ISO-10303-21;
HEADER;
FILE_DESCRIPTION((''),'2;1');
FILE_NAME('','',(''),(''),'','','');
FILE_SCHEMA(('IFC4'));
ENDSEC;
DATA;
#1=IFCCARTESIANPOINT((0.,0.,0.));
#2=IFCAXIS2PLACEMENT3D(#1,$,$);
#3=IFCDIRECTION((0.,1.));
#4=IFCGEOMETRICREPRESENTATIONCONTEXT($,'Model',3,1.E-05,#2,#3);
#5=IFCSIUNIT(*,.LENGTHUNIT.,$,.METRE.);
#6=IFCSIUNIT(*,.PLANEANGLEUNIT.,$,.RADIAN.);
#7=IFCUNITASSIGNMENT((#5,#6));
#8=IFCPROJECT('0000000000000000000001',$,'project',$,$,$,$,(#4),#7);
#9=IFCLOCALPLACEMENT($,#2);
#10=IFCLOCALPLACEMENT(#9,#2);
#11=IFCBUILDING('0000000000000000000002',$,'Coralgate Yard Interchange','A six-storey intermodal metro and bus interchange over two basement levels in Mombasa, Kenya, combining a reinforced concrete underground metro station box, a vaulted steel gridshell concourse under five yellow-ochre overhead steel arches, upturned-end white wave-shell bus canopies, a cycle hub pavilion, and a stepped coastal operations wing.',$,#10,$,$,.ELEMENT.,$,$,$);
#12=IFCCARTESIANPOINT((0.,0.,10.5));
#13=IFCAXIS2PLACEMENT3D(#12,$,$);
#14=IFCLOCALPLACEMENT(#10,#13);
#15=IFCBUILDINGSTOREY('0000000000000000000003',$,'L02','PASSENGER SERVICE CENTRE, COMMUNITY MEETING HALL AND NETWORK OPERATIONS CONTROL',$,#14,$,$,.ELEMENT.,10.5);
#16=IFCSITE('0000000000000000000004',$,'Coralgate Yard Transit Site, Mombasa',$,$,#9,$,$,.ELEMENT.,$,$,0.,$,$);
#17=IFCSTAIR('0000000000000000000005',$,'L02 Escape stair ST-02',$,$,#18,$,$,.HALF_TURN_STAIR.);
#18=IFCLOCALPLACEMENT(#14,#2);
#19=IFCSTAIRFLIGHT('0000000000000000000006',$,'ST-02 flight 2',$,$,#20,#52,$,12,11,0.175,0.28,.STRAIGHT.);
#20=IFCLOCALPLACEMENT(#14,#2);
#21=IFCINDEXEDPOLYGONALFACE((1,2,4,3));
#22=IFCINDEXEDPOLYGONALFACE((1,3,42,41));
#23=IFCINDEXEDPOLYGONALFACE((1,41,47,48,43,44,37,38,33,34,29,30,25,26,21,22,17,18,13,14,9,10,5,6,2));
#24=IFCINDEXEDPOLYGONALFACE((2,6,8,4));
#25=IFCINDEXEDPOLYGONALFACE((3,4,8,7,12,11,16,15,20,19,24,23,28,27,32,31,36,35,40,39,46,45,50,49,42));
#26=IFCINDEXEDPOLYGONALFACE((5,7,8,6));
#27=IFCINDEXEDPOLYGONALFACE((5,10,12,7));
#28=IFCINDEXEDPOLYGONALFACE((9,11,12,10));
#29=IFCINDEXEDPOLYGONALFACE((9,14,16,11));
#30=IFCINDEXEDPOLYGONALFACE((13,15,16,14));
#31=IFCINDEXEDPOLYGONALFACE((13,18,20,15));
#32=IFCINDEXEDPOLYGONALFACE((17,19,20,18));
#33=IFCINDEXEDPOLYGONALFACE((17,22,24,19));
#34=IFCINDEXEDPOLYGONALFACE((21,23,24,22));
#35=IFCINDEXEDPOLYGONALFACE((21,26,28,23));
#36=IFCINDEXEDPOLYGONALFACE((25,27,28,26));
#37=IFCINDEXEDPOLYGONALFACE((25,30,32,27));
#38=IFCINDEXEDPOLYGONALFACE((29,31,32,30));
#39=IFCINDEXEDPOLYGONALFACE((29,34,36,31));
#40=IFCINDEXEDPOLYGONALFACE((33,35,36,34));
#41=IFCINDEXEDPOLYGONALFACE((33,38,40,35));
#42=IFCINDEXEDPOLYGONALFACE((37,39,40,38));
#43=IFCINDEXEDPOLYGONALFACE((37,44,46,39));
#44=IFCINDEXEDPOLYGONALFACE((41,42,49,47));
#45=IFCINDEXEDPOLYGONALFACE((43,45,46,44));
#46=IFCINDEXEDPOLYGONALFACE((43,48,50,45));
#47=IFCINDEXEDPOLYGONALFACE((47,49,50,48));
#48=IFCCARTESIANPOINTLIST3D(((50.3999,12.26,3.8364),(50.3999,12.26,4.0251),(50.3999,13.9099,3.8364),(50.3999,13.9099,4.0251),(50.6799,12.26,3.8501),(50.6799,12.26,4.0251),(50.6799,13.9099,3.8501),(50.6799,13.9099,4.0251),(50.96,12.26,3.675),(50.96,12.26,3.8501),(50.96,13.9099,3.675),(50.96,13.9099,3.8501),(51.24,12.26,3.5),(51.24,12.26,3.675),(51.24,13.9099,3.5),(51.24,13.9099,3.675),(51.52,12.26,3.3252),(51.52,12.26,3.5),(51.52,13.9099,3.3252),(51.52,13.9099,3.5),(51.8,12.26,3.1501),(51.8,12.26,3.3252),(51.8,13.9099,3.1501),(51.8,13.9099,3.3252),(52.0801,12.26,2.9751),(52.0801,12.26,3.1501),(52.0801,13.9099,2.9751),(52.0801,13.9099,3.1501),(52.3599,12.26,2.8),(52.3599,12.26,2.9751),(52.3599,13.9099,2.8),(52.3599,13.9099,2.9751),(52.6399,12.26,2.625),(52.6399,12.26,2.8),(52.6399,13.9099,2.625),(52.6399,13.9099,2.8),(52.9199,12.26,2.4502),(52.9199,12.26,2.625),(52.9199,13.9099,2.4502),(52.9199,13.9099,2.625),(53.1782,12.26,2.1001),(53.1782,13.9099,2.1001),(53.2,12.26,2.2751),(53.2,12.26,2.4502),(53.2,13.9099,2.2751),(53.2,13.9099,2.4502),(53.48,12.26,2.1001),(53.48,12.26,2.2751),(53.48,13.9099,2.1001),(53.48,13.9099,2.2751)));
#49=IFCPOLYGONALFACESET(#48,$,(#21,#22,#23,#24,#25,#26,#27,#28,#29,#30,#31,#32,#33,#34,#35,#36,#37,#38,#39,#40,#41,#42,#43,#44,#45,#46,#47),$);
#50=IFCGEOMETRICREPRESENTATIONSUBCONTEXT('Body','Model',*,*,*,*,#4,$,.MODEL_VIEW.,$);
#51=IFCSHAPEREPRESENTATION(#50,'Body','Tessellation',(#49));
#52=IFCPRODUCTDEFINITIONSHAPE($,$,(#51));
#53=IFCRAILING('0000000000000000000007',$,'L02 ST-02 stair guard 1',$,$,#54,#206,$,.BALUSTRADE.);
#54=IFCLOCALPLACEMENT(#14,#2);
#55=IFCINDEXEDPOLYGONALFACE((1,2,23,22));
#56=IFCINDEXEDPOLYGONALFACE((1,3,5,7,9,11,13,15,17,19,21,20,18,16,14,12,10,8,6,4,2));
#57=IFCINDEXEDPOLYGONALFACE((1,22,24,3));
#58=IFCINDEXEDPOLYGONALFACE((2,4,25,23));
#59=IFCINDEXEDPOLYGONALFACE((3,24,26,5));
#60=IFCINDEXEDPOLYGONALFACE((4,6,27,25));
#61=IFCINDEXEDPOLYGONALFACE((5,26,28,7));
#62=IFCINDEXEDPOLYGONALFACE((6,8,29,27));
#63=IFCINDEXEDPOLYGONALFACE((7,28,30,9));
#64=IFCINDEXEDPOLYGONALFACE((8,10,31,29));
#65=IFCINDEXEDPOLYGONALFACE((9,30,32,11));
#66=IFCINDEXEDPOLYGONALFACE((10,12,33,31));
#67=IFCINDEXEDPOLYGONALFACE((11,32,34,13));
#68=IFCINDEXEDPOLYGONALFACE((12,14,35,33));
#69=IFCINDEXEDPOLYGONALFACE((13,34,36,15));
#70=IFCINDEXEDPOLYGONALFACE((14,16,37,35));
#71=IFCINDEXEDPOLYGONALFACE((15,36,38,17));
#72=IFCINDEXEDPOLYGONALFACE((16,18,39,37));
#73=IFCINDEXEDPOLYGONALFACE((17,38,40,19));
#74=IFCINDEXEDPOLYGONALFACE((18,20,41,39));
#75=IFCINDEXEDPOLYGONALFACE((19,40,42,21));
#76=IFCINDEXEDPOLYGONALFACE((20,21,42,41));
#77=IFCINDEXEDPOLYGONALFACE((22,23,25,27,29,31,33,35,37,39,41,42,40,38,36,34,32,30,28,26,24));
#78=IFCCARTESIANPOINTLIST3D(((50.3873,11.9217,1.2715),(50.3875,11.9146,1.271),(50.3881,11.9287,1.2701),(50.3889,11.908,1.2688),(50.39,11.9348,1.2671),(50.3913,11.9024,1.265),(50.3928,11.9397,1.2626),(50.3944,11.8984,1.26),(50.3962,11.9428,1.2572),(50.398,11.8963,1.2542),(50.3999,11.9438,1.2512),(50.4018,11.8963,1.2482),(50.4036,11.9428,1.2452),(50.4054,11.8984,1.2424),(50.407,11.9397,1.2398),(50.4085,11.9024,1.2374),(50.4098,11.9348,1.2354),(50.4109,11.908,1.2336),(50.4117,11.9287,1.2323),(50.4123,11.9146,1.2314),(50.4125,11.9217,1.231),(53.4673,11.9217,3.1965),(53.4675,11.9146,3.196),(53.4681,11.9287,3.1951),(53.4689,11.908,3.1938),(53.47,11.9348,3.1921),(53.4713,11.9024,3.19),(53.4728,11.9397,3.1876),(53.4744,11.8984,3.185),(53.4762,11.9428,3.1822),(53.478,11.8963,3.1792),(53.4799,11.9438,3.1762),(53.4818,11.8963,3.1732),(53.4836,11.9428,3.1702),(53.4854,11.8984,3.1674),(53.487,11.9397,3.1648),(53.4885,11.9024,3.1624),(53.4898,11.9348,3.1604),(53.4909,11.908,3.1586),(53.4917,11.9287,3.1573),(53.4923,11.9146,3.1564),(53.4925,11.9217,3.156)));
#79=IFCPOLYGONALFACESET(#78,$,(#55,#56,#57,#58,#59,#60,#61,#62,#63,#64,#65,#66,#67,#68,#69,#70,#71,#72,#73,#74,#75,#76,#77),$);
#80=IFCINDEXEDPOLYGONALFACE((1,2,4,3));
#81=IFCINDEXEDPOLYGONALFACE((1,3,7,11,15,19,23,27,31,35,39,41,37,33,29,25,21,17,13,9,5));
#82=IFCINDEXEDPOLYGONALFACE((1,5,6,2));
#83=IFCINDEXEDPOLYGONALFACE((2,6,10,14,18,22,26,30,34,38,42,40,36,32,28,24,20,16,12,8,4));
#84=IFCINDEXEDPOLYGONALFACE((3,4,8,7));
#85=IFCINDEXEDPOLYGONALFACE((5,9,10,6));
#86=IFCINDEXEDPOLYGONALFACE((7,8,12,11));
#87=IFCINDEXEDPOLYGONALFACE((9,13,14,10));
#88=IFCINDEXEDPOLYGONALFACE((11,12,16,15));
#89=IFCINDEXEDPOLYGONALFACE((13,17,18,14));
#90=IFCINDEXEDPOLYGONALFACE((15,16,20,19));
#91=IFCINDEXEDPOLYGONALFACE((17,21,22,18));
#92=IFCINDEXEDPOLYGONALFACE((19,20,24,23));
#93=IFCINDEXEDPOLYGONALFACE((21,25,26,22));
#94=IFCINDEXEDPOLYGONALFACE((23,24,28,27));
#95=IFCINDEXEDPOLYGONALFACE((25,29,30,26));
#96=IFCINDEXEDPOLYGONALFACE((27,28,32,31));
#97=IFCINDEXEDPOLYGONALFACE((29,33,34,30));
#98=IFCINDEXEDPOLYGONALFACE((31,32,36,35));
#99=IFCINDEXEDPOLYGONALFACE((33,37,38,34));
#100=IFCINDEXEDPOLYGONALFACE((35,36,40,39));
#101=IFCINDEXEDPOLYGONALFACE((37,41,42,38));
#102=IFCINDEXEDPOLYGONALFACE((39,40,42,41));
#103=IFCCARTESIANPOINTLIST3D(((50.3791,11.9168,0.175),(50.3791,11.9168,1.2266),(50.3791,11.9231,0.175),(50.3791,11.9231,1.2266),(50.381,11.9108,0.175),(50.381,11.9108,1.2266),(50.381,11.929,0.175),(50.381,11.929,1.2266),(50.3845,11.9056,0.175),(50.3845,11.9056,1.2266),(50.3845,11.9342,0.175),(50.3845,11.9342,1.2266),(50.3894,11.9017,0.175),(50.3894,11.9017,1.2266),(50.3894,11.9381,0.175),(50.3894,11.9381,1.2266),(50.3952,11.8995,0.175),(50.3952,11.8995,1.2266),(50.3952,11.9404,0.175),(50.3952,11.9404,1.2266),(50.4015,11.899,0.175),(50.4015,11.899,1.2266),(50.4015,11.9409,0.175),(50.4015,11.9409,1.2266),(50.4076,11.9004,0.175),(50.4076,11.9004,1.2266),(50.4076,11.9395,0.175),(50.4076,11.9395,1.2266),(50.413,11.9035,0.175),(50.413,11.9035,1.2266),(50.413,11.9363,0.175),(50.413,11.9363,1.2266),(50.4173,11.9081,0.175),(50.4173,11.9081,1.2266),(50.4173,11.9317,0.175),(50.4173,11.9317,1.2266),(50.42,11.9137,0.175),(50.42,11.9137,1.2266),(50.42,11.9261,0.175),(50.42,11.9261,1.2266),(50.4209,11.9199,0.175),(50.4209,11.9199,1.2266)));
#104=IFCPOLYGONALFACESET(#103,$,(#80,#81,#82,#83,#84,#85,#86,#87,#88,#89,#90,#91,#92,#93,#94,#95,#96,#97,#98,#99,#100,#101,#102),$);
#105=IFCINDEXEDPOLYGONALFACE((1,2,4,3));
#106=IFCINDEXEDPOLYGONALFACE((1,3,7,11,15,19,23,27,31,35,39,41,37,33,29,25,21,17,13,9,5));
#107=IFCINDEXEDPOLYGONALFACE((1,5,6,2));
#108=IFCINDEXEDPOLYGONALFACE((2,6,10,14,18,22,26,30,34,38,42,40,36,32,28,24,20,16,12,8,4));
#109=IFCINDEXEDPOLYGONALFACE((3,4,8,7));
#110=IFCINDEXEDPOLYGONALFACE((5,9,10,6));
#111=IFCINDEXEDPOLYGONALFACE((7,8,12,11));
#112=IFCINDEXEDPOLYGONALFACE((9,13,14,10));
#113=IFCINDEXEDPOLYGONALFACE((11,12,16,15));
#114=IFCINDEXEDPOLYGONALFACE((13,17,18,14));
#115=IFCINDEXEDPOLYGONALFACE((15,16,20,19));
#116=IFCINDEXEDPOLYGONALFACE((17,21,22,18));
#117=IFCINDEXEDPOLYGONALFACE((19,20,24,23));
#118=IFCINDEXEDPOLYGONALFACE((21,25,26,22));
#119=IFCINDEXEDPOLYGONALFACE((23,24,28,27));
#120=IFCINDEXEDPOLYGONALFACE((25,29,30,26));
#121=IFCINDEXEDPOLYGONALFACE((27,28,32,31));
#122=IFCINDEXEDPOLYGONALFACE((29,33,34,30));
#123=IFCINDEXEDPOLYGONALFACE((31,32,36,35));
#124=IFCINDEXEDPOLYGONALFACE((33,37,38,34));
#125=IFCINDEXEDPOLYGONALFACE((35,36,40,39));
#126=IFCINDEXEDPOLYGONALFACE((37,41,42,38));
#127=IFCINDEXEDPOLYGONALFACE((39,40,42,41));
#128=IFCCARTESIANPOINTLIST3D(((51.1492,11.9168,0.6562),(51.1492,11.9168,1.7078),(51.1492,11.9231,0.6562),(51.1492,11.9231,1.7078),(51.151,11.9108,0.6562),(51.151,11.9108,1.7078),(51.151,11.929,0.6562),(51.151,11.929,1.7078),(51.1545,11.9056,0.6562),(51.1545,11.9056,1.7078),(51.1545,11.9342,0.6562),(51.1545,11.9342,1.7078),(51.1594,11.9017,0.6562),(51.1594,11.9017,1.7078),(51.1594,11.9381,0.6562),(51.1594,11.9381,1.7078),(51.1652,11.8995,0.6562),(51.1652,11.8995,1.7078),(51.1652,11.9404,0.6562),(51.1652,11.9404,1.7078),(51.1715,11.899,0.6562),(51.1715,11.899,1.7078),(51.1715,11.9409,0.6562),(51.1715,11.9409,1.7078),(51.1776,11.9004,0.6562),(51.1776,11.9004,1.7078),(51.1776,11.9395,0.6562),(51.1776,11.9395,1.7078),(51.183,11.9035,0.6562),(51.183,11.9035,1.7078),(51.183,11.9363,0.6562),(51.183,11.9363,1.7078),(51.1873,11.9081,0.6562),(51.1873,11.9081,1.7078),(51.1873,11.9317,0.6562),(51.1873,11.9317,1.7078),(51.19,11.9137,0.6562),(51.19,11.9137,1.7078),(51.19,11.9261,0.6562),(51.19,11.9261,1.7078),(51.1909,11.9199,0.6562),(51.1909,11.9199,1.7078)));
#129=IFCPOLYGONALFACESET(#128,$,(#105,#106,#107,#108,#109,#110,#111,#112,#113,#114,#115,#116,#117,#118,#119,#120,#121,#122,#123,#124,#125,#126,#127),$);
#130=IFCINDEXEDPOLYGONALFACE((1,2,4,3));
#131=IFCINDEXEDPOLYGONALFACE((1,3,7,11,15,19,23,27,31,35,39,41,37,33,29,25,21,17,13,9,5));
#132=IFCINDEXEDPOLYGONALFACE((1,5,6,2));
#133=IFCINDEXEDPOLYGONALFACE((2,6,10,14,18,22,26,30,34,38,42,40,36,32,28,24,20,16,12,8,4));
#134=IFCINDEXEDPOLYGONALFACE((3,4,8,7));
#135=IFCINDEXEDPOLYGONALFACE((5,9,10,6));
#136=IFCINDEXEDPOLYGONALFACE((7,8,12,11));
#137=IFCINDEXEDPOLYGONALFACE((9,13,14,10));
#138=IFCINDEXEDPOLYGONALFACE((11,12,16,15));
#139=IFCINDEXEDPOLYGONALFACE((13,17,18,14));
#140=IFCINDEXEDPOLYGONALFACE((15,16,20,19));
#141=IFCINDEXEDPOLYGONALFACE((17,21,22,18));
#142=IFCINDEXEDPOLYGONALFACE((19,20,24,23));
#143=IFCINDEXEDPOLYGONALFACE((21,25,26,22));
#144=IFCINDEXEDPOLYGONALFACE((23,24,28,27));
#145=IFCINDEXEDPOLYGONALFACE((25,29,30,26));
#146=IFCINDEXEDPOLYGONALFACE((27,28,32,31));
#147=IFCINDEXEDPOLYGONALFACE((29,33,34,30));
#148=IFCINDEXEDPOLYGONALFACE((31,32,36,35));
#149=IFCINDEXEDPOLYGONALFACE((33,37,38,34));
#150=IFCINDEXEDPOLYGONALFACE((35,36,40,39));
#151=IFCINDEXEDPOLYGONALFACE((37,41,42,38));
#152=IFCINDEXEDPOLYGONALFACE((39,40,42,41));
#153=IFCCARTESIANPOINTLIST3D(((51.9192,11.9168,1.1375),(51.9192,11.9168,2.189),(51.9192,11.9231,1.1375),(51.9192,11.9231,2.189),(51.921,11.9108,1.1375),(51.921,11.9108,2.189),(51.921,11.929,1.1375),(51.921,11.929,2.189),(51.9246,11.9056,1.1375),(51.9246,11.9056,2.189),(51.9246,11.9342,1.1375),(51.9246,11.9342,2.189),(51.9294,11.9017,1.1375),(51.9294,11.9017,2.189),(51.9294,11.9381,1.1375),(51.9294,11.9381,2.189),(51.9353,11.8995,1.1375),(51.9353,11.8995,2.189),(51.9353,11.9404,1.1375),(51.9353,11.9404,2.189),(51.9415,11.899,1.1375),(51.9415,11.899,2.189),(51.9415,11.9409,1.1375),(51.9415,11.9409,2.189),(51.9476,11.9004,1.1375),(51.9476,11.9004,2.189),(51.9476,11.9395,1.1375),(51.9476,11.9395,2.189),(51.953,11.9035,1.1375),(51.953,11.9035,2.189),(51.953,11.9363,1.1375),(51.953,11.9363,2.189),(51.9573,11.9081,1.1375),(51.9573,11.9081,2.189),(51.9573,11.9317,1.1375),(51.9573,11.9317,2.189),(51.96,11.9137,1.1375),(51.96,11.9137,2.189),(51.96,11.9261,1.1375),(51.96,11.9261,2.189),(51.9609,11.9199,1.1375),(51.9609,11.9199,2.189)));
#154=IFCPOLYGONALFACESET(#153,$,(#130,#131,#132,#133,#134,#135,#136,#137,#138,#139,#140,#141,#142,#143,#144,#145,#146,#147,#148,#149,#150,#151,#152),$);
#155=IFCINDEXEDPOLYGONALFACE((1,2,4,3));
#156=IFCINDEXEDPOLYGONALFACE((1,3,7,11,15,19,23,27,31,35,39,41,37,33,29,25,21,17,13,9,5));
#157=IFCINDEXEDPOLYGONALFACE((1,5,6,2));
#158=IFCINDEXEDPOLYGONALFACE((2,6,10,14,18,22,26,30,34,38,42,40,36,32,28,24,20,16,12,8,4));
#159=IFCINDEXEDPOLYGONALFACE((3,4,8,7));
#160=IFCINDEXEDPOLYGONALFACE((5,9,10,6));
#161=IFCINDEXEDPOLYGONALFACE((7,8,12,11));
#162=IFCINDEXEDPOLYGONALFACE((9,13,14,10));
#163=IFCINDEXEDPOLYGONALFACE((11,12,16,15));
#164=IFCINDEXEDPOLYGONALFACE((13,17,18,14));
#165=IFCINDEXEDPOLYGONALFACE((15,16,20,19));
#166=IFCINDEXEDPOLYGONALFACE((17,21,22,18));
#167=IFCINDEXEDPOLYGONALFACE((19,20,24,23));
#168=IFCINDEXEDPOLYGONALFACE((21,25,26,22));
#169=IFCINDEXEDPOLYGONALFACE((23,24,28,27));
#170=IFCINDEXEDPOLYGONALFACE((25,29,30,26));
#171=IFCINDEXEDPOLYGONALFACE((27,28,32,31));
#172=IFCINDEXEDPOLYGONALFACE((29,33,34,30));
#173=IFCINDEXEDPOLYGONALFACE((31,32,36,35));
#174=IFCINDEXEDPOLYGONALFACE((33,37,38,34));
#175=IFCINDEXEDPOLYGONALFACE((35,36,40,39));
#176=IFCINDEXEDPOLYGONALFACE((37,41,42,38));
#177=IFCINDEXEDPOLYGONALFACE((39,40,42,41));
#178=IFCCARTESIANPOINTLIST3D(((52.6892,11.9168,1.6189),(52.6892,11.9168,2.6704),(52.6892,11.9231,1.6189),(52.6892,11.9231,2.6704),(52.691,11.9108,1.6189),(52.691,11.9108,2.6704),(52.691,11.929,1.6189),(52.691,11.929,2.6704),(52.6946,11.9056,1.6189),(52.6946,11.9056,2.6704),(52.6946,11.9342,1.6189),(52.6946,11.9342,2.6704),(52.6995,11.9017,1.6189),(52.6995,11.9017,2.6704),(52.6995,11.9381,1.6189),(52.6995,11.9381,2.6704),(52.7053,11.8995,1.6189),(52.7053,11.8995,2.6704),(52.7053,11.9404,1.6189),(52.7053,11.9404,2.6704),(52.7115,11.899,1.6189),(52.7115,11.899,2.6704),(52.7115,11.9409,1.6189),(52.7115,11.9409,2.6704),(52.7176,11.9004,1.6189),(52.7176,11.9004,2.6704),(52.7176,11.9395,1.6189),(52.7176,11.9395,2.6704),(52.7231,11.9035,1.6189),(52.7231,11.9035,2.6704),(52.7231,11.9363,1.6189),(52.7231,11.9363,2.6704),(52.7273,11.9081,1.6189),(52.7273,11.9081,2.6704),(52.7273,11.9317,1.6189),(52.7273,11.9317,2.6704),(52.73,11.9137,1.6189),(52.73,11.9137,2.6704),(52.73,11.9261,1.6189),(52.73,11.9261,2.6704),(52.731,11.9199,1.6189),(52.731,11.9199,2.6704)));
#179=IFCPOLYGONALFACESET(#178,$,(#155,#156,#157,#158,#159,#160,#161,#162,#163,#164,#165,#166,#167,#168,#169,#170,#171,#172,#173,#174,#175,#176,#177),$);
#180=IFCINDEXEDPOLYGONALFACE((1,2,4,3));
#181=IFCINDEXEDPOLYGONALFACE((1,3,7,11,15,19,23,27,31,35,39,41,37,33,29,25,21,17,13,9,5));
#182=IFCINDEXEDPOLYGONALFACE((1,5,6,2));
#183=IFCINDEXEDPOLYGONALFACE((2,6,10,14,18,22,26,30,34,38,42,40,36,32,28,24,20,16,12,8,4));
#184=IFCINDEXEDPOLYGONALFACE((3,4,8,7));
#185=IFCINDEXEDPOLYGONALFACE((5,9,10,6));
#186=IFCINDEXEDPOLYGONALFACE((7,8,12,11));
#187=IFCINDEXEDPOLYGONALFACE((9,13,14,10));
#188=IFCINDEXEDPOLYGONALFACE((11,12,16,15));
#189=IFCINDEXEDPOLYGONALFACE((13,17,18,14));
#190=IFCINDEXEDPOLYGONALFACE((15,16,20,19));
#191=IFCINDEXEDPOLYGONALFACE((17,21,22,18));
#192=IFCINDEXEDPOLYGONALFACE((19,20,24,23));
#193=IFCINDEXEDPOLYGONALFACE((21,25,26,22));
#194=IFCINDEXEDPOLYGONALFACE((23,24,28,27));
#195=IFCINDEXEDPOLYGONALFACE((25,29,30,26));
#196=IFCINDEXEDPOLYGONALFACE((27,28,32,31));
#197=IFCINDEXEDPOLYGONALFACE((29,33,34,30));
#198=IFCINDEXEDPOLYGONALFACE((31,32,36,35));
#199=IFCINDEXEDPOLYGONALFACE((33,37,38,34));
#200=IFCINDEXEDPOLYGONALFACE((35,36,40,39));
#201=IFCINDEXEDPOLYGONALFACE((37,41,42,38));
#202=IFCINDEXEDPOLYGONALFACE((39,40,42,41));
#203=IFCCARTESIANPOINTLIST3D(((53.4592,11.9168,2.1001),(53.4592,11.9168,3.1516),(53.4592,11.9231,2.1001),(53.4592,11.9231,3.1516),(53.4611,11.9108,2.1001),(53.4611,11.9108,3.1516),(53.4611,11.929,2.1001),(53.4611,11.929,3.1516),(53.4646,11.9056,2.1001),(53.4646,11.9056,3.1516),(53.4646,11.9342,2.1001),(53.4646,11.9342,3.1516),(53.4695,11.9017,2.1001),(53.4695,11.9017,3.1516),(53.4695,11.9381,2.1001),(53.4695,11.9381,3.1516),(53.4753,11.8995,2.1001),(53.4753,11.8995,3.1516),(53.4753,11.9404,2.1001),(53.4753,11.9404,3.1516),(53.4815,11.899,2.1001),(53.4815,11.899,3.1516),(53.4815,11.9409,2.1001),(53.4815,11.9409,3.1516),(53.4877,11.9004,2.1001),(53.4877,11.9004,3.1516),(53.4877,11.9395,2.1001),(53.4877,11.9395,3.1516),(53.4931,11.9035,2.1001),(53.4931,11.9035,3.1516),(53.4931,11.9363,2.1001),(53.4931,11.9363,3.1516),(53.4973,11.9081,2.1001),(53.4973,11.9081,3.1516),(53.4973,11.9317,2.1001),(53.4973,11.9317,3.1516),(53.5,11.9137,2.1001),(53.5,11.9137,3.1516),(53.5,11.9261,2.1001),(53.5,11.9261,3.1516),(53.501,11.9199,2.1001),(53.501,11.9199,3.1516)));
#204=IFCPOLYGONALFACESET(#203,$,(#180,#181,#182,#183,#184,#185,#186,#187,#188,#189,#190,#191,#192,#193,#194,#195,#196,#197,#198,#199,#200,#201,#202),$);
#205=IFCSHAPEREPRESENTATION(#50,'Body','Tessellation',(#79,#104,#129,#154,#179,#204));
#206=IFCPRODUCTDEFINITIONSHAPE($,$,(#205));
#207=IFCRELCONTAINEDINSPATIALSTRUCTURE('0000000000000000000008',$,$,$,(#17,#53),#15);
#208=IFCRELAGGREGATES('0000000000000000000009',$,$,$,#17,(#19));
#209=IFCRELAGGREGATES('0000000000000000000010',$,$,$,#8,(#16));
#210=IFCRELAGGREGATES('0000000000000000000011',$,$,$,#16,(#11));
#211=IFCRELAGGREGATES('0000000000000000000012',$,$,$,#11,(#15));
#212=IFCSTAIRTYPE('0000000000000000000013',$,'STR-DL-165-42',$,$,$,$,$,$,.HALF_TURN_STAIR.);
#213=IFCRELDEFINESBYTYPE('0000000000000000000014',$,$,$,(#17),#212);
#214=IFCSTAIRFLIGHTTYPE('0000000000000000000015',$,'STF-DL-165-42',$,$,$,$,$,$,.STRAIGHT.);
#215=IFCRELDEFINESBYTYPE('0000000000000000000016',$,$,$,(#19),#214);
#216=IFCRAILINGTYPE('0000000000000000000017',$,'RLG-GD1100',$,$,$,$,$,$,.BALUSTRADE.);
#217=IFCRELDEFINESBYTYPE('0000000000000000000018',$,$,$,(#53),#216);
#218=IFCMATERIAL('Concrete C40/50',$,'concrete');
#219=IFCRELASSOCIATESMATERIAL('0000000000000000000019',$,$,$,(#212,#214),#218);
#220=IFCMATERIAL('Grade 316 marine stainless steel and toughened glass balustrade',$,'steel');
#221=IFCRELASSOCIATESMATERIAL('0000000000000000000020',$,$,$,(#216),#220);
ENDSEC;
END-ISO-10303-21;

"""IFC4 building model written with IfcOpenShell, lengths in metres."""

from ifc_helpers import new_model, si_unit, direction, frame, origin, origin_2d, place, context, subcontext, project, spatial, polyline, circle, outline, extrude, material, type_object, element, aggregate, save


model = new_model("IFC4")

# Units and contexts
model_context = context("Model", 3, precision=1e-05, world=origin(), true_north=direction((0.0, 1.0)))
body_context = subcontext(model_context, "Body", "Model", "MODEL_VIEW")
ifc_project = project(units=[si_unit("LENGTHUNIT", "METRE"), si_unit("PLANEANGLEUNIT", "RADIAN")], contexts=[model_context])

# Site, building, storey
site_placement = place(None, origin())
site = spatial("IfcSite", under=ifc_project, at=site_placement, Name="Coralgate Yard Transit Site, Mombasa", CompositionType="ELEMENT", RefElevation=0.0)
building_placement = place(site_placement, origin())
building = spatial("IfcBuilding", under=site, at=building_placement, Name="Coralgate Yard Interchange", Description="A six-storey intermodal metro and bus interchange over two basement levels in Mombasa, Kenya, combining a reinforced concrete underground metro station box, a vaulted steel gridshell concourse under five yellow-ochre overhead steel arches, upturned-end white wave-shell bus canopies, a cycle hub pavilion, and a stepped coastal operations wing.", CompositionType="ELEMENT")
storey_placement = place(building_placement, frame((0.0, 0.0, 10.5)))
storey = spatial("IfcBuildingStorey", under=building, at=storey_placement, Name="L02", Description="PASSENGER SERVICE CENTRE, COMMUNITY MEETING HALL AND NETWORK OPERATIONS CONTROL", CompositionType="ELEMENT", Elevation=10.5)

# Shared definitions
ifc_material_1 = material(Name="Concrete C40/50", Category="concrete")

# Stair, stair flight
stair_type = type_object("IfcStairType", Name="STR-DL-165-42", PredefinedType="HALF_TURN_STAIR", material=ifc_material_1)
stair_placement = place(storey_placement, origin())
stair = element("IfcStair", 1, at=stair_placement, inside=storey, type_object=stair_type, Name="L02 Escape stair ST-02", PredefinedType="HALF_TURN_STAIR")
stair_flight_type = type_object("IfcStairFlightType", Name="STF-DL-165-42", PredefinedType="STRAIGHT", material=ifc_material_1)
stair_flight_1_placement = place(storey_placement, frame((53.48, 13.085, 2.1001), z_axis=(0.0, 0.0, 1.0), x_axis=(-1.0, 0.0, 0.0)))
stair_flight_1 = element("IfcStairFlight", 2, at=stair_flight_1_placement, type_object=stair_flight_type, Name="ST-02 flight 2", NumberOfRisers=12, NumberOfTreads=11, PredefinedType="STRAIGHT", RiserHeight=0.175, TreadLength=0.28, context=body_context, shape_type="SweptSolid", body=[
    extrude(outline(polyline([(0.0, 0.0), (0.0, 0.175), (0.28, 0.175), (0.28, 0.3501), (0.5601, 0.3501), (0.5601, 0.5249), (0.8401, 0.5249), (0.8401, 0.7), (1.1201, 0.7), (1.1201, 0.875), (1.3999, 0.875), (1.3999, 1.05), (1.6799, 1.05), (1.6799, 1.2251), (1.96, 1.2251), (1.96, 1.3999), (2.24, 1.3999), (2.24, 1.575), (2.52, 1.575), (2.52, 1.75), (2.8, 1.75), (2.8, 1.925), (3.0801, 1.925), (3.0801, 2.1001), (3.0801, 1.7363), (0.3018, 0.0), (0.0, 0.0)])), frame((0.0, 0.825, 0.0), z_axis=(0.0, -1.0, 0.0), x_axis=(1.0, 0.0, 0.0)), (0.0, 0.0, 1.0), 1.6499),
])
aggregate(stair, [stair_flight_1])

# Railing
ifc_material_2 = material(Name="Grade 316 marine stainless steel and toughened glass balustrade", Category="steel")
railing_type_1 = type_object("IfcRailingType", Name="RLG-GD1100", PredefinedType="BALUSTRADE", material=ifc_material_2)
railing_1_placement = place(storey_placement, frame((50.3999, 11.9199, 0.175)))
element("IfcRailing", 3, at=railing_1_placement, inside=storey, type_object=railing_type_1, Name="L02 ST-02 stair guard 1", PredefinedType="BALUSTRADE", context=body_context, shape_type="SweptSolid", body=[
    extrude(circle(Radius=0.0239, at=origin_2d()), frame((0.0, 0.0, 1.0762), z_axis=(0.847998, 0.0, 0.529999), x_axis=(0.0, 1.0, 0.0)), (0.0, 0.0, 1.0), 3.6321),
    extrude(circle(Radius=0.021, at=origin_2d()), origin(), (0.0, 0.0, 1.0), 1.0515),
    extrude(circle(Radius=0.021, at=origin_2d()), frame((0.77, 0.0, 0.4812)), (0.0, 0.0, 1.0), 1.0515),
    extrude(circle(Radius=0.021, at=origin_2d()), frame((1.54, 0.0, 0.9624)), (0.0, 0.0, 1.0), 1.0515),
    extrude(circle(Radius=0.021, at=origin_2d()), frame((2.3101, 0.0, 1.4438)), (0.0, 0.0, 1.0), 1.0515),
    extrude(circle(Radius=0.021, at=origin_2d()), frame((3.0801, 0.0, 1.925)), (0.0, 0.0, 1.0), 1.0515),
])

save(model, "model.ifc")
